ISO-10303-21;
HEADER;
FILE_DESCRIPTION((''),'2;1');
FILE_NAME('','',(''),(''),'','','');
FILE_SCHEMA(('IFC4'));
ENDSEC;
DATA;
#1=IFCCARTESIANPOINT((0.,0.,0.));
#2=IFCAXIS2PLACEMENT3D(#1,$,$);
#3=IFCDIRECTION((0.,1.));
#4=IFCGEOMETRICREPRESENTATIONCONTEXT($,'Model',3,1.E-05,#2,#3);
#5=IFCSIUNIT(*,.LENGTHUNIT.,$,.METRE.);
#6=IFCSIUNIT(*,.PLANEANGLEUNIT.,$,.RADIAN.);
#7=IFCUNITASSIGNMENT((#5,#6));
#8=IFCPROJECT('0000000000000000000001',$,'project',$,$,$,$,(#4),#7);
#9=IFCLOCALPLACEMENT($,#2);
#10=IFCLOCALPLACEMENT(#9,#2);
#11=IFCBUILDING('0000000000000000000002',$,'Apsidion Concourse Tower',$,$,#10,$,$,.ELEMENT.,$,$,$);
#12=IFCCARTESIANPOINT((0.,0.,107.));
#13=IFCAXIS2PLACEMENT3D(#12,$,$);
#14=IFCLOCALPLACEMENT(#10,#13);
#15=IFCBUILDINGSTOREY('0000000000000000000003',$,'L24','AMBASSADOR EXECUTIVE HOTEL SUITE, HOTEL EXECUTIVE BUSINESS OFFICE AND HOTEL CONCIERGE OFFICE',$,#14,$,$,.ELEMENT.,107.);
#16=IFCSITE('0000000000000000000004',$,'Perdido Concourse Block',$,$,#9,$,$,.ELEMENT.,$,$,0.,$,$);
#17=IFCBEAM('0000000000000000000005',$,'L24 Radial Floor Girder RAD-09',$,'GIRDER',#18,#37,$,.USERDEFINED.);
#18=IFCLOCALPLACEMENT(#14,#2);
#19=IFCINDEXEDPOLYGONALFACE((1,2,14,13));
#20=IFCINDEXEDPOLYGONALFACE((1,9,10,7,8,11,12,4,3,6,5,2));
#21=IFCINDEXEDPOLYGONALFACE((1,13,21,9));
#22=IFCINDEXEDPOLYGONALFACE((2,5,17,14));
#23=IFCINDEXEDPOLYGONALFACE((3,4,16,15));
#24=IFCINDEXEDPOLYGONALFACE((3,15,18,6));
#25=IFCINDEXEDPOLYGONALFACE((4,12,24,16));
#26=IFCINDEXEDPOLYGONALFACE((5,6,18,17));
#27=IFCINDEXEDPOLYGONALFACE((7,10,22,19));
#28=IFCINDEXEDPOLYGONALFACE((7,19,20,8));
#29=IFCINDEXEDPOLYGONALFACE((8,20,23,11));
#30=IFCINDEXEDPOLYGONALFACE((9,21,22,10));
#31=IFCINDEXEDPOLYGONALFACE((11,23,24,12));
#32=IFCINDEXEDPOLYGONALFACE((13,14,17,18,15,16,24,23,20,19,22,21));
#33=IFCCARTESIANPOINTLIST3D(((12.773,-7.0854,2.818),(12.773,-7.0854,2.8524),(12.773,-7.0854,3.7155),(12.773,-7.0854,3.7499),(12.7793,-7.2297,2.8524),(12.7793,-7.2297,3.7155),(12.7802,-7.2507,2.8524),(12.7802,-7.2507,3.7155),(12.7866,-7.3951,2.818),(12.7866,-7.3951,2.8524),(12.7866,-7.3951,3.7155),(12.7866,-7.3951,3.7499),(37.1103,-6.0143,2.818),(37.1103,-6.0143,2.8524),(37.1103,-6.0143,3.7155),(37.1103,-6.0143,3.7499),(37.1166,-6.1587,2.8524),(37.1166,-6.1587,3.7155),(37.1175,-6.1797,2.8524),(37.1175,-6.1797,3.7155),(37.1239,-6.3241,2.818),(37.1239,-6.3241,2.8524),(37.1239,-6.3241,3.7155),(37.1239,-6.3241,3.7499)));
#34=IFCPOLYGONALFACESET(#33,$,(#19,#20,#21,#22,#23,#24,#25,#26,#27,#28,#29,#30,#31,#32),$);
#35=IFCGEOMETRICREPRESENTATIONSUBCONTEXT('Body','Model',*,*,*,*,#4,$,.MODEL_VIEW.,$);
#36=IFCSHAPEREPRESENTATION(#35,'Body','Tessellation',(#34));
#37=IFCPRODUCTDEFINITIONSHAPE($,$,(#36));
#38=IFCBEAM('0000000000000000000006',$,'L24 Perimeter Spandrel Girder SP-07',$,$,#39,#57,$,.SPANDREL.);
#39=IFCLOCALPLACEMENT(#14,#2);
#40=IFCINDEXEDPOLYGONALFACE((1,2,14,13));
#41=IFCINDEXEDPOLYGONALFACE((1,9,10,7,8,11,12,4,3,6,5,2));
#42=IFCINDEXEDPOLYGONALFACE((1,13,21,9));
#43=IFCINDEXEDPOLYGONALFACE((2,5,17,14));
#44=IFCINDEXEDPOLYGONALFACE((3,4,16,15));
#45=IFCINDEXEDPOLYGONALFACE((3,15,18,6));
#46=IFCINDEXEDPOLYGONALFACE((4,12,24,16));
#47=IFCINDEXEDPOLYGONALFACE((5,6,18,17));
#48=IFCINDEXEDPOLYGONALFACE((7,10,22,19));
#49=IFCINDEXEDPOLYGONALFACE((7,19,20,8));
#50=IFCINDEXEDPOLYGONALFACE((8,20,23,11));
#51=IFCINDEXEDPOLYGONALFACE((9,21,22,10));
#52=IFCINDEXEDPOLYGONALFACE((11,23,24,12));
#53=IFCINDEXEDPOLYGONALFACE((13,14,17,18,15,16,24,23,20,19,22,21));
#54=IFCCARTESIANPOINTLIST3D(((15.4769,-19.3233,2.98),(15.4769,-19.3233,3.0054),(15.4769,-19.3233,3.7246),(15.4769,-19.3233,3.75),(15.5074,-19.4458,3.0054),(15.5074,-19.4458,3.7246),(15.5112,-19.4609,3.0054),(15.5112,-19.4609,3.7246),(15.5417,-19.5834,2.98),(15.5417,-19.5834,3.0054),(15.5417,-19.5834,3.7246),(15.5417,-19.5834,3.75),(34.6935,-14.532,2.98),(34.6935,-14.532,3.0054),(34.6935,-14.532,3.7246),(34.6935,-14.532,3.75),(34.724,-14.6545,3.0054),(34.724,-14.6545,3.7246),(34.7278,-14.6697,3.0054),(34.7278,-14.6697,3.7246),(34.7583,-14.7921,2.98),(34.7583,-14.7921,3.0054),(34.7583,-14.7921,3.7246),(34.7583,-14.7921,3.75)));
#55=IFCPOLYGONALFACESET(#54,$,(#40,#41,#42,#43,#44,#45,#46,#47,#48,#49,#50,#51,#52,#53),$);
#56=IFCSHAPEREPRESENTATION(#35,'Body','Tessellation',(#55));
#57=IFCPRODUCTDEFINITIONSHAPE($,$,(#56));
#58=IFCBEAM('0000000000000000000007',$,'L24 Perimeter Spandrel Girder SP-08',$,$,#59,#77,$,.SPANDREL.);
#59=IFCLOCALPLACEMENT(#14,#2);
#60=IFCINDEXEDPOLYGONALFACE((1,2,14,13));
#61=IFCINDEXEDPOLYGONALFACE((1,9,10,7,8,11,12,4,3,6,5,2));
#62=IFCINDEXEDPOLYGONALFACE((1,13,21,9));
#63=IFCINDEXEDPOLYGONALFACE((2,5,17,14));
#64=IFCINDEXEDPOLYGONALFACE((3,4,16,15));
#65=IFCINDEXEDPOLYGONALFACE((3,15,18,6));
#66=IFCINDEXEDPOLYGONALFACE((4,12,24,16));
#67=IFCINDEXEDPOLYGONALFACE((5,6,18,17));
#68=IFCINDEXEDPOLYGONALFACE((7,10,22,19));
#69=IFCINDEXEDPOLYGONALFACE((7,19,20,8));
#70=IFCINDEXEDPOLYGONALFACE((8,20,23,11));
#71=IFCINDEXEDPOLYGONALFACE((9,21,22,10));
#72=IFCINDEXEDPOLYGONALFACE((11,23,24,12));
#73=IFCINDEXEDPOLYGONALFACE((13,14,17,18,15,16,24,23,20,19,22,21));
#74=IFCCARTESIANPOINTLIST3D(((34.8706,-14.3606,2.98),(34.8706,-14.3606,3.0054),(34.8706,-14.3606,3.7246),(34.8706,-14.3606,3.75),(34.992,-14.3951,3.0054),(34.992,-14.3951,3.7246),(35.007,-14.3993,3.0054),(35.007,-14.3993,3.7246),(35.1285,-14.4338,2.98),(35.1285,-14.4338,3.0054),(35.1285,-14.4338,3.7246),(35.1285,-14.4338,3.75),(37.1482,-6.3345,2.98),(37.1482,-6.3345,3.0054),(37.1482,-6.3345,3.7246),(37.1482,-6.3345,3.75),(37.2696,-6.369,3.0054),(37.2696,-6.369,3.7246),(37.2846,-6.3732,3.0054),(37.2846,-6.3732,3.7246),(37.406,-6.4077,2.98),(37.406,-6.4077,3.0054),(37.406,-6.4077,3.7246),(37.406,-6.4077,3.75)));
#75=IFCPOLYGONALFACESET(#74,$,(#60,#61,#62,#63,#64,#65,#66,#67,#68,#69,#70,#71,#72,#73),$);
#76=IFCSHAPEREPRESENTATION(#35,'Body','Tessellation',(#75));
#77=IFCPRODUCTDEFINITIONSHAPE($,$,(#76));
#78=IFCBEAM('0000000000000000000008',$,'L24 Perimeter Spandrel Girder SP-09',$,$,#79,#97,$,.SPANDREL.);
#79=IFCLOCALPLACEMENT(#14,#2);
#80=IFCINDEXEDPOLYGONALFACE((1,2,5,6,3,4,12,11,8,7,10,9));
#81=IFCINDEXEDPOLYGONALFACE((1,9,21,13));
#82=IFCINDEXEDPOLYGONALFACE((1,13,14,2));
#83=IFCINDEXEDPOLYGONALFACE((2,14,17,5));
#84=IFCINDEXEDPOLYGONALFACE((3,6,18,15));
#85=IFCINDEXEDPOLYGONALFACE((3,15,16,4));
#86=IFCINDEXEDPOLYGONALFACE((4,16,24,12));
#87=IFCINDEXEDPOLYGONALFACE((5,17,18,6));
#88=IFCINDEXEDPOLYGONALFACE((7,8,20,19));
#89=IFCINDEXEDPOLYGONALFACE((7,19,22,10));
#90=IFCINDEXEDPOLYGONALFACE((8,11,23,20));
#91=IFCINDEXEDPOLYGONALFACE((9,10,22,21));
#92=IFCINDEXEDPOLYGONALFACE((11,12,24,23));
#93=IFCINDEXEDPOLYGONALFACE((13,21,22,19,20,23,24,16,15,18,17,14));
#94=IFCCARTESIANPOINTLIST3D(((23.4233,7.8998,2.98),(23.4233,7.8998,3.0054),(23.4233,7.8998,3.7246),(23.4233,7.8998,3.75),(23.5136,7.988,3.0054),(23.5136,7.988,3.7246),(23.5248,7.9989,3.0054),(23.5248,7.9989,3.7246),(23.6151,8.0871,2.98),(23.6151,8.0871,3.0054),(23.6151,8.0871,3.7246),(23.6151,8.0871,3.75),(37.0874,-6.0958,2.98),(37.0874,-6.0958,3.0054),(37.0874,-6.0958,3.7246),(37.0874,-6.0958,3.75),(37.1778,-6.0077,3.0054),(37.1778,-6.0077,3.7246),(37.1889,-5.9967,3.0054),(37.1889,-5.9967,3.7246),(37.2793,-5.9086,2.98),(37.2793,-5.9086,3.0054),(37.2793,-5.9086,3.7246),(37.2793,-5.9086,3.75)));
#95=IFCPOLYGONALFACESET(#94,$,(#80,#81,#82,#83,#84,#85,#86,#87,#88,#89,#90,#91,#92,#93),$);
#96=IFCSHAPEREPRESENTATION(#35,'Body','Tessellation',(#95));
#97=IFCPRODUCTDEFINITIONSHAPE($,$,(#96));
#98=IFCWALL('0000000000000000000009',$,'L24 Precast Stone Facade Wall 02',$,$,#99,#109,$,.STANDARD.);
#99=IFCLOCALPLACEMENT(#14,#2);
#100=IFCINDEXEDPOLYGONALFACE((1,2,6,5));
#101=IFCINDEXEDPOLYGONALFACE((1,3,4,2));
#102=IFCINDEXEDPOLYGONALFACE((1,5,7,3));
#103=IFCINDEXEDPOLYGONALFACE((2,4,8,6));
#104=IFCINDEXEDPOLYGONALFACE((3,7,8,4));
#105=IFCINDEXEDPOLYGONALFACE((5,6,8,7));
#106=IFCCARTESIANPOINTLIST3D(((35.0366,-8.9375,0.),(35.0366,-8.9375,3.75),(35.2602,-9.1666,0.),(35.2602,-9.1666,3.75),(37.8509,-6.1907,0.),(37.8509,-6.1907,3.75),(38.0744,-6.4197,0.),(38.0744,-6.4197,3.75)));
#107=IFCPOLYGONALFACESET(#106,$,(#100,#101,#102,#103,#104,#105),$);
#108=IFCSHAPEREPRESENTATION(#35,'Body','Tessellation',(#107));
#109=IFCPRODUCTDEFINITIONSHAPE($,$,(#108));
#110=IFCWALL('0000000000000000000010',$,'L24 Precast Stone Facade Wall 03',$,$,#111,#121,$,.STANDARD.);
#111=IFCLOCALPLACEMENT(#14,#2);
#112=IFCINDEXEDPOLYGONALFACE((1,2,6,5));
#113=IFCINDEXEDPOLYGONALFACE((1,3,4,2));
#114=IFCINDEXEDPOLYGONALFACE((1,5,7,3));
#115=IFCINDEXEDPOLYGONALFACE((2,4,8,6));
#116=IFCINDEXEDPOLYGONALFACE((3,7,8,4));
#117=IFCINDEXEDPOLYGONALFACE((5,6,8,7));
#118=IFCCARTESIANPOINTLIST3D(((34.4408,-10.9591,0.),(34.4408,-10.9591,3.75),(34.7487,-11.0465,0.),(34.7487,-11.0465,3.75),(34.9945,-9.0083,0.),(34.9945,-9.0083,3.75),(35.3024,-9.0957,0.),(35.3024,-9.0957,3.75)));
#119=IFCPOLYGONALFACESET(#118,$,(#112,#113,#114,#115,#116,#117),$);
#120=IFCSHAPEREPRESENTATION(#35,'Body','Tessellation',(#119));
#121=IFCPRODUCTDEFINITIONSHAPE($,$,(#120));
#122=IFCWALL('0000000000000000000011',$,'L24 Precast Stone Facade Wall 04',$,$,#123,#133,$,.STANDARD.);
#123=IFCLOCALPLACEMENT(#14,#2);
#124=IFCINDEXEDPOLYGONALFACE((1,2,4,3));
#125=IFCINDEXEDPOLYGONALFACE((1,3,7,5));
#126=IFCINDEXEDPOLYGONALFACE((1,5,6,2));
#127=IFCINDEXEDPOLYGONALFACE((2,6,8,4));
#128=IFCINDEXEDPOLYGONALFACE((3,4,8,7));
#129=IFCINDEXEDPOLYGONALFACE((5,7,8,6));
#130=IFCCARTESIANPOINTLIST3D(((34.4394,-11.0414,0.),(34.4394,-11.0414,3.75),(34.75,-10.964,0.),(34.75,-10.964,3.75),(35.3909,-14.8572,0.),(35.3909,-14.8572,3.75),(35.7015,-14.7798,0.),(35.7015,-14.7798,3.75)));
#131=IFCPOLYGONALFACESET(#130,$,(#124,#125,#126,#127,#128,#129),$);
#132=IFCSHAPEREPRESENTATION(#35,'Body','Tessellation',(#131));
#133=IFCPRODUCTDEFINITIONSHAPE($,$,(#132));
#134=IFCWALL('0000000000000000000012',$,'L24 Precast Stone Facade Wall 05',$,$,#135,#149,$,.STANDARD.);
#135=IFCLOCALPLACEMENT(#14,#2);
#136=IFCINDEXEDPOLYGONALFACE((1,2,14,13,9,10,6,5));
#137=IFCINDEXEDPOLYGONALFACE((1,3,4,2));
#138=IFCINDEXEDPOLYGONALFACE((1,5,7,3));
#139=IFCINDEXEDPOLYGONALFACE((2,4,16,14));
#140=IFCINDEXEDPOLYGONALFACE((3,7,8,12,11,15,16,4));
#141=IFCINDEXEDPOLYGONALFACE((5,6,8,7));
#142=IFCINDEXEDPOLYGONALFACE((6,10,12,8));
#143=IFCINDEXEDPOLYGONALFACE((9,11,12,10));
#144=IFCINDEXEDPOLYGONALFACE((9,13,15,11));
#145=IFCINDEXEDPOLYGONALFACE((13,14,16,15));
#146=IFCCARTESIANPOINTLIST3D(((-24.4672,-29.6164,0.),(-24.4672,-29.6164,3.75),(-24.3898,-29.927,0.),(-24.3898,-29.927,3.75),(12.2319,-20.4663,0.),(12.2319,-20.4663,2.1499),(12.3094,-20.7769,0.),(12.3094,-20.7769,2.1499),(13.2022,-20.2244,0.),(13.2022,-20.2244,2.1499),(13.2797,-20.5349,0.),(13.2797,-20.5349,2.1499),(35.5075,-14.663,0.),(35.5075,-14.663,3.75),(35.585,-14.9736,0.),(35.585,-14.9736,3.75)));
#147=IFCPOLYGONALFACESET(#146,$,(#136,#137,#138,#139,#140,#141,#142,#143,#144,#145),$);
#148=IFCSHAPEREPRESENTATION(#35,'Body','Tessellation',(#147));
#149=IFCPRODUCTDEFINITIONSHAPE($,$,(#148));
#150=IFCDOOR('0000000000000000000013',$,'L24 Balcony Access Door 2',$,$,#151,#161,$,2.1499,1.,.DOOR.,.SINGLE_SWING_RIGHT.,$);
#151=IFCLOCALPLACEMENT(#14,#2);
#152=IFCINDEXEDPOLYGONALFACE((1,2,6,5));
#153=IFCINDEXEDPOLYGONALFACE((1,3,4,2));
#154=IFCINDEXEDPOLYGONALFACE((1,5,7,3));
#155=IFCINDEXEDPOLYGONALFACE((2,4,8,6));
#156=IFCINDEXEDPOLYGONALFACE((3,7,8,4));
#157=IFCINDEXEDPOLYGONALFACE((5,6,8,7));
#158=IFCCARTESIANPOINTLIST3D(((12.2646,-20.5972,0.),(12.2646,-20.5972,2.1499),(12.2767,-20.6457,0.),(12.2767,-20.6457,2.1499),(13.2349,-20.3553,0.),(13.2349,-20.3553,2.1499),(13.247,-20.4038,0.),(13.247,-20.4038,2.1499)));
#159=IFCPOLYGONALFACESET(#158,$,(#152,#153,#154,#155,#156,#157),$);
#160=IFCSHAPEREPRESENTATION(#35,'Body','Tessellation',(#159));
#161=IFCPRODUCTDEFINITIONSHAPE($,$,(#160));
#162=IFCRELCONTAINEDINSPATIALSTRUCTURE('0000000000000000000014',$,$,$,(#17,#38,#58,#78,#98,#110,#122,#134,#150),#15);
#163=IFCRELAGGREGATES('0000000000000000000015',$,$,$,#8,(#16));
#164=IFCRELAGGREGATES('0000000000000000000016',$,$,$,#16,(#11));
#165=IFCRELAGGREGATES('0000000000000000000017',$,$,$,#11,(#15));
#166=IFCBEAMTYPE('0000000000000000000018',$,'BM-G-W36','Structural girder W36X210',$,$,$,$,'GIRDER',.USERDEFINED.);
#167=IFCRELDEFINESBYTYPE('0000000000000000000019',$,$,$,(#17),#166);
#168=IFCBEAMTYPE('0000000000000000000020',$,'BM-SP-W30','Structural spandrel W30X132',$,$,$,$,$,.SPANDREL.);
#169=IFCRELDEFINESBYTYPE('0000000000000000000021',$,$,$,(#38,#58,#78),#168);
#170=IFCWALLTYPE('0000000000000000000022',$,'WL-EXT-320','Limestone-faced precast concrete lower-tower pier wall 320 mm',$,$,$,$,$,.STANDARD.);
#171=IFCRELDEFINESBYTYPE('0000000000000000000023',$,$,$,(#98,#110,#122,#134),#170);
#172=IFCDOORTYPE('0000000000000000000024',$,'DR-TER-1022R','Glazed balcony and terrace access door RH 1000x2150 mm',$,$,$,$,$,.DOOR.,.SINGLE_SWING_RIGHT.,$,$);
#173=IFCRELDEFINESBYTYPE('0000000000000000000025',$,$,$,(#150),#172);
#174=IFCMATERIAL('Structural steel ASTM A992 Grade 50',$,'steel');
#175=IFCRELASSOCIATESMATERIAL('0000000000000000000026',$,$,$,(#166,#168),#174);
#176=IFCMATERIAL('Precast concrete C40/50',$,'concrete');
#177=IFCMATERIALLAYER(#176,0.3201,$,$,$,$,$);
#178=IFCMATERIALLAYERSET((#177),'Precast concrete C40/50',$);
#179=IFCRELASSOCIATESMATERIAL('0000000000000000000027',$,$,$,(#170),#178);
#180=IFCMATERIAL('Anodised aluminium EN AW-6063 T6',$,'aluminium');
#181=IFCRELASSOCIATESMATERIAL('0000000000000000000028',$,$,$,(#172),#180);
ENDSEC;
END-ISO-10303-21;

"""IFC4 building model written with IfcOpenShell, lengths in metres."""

from ifc_helpers import new_model, si_unit, direction, frame, frame_2d, origin, origin_2d, place, context, subcontext, project, spatial, rectangle, i_section, extrude, material, layer, layer_set, material_profile, profile_set, type_object, element, fill, save


model = new_model("IFC4")

# Units and contexts
model_context = context("Model", 3, precision=1e-05, world=origin(), true_north=direction((0.0, 1.0)))
body_context = subcontext(model_context, "Body", "Model", "MODEL_VIEW")
ifc_project = project(units=[si_unit("LENGTHUNIT", "METRE"), si_unit("PLANEANGLEUNIT", "RADIAN")], contexts=[model_context])

# Site, building, storey
site_placement = place(None, origin())
site = spatial("IfcSite", under=ifc_project, at=site_placement, Name="Perdido Concourse Block", CompositionType="ELEMENT", RefElevation=0.0)
building_placement = place(site_placement, origin())
building = spatial("IfcBuilding", under=site, at=building_placement, Name="Apsidion Concourse Tower", CompositionType="ELEMENT")
storey_placement = place(building_placement, frame((0.0, 0.0, 107.0)))
storey = spatial("IfcBuildingStorey", under=building, at=storey_placement, Name="L24", Description="AMBASSADOR EXECUTIVE HOTEL SUITE, HOTEL EXECUTIVE BUSINESS OFFICE AND HOTEL CONCIERGE OFFICE", CompositionType="ELEMENT", Elevation=107.0)

# Beams
ifc_material_1 = material(Name="Structural steel ASTM A992 Grade 50", Category="steel")
ifc_material_profile_1 = material_profile(ifc_material_1, i_section(OverallWidth=0.3101, OverallDepth=0.9319, WebThickness=0.021, FlangeThickness=0.0344, at=origin_2d()), Name="W36X210")
ifc_profile_set_1 = profile_set([ifc_material_profile_1], Name="Structural steel ASTM A992 Grade 50")
beam_type_1 = type_object("IfcBeamType", Name="BM-G-W36", Description="Structural girder W36X210", ElementType="GIRDER", PredefinedType="USERDEFINED", material=ifc_profile_set_1)
beam_1_placement = place(storey_placement, frame((12.7798, -7.2402, 3.2839), z_axis=(0.999033, 0.043966, 0.0), x_axis=(-0.043966, 0.999033, 0.0)))
element("IfcBeam", 1, at=beam_1_placement, inside=storey, type_object=beam_type_1, Name="L24 Radial Floor Girder RAD-09", ObjectType="GIRDER", PredefinedType="USERDEFINED", context=body_context, shape_type="SweptSolid", body=[
    extrude(i_section(OverallWidth=0.3101, OverallDepth=0.9319, WebThickness=0.021, FlangeThickness=0.0344, at=origin_2d()), origin(), (0.0, 0.0, 1.0), 24.3608),
])
ifc_material_profile_2 = material_profile(ifc_material_1, i_section(OverallWidth=0.2681, OverallDepth=0.77, WebThickness=0.0156, FlangeThickness=0.0254, at=origin_2d()), Name="W30X132")
ifc_profile_set_2 = profile_set([ifc_material_profile_2], Name="Structural steel ASTM A992 Grade 50")
beam_type_2 = type_object("IfcBeamType", Name="BM-SP-W30", Description="Structural spandrel W30X132", PredefinedType="SPANDREL", material=ifc_profile_set_2)
beam_2_placement = place(storey_placement, frame((15.5093, -19.4534, 3.365), z_axis=(0.970295, 0.241924, 0.0), x_axis=(-0.241924, 0.970295, 0.0)))
element("IfcBeam", 2, at=beam_2_placement, inside=storey, type_object=beam_type_2, Name="L24 Perimeter Spandrel Girder SP-07", PredefinedType="SPANDREL", context=body_context, shape_type="SweptSolid", body=[
    extrude(i_section(OverallWidth=0.2681, OverallDepth=0.77, WebThickness=0.0156, FlangeThickness=0.0254, at=origin_2d()), origin(), (0.0, 0.0, 1.0), 19.8049),
])
beam_3_placement = place(storey_placement, frame((34.9995, -14.3972, 3.365), z_axis=(0.272993, 0.962016, 0.0), x_axis=(-0.962016, 0.272993, 0.0)))
element("IfcBeam", 3, at=beam_3_placement, inside=storey, type_object=beam_type_2, Name="L24 Perimeter Spandrel Girder SP-08", PredefinedType="SPANDREL", context=body_context, shape_type="SweptSolid", body=[
    extrude(i_section(OverallWidth=0.2681, OverallDepth=0.77, WebThickness=0.0156, FlangeThickness=0.0254, at=origin_2d()), origin(), (0.0, 0.0, 1.0), 8.343),
])
beam_4_placement = place(storey_placement, frame((37.1833, -6.0022, 3.365), z_axis=(-0.698581, 0.715531, 0.0), x_axis=(-0.715531, -0.698581, 0.0)))
element("IfcBeam", 4, at=beam_4_placement, inside=storey, type_object=beam_type_2, Name="L24 Perimeter Spandrel Girder SP-09", PredefinedType="SPANDREL", context=body_context, shape_type="SweptSolid", body=[
    extrude(i_section(OverallWidth=0.2681, OverallDepth=0.77, WebThickness=0.0156, FlangeThickness=0.0254, at=origin_2d()), origin(), (0.0, 0.0, 1.0), 19.5598),
])

# Walls
ifc_material_2 = material(Name="Precast concrete C40/50", Category="concrete")
ifc_layer_1 = layer(ifc_material_2, 0.3201)
ifc_layer_set_1 = layer_set([ifc_layer_1], Name="Precast concrete C40/50")
wall_type_1 = type_object("IfcWallType", Name="WL-EXT-320", Description="Limestone-faced precast concrete lower-tower pier wall 320 mm", PredefinedType="STANDARD", material=ifc_layer_set_1)
wall_1_placement = place(storey_placement, frame((37.9626, -6.3052, 0.0), z_axis=(0.0, 0.0, 1.0), x_axis=(-0.715622, -0.698488, 0.0)))
element("IfcWall", 5, at=wall_1_placement, inside=storey, type_object=wall_type_1, Name="L24 Precast Stone Facade Wall 02", PredefinedType="STANDARD", context=body_context, shape_type="SweptSolid", body=[
    extrude(rectangle(XDim=3.9326, YDim=0.3201, at=frame_2d((1.9663, 0.0))), origin(), (0.0, 0.0, 1.0), 3.75),
])
wall_2_placement = place(storey_placement, frame((35.1484, -9.052, 0.0), z_axis=(0.0, 0.0, 1.0), x_axis=(-0.273067, -0.961995, 0.0)))
element("IfcWall", 6, at=wall_2_placement, inside=storey, type_object=wall_type_1, Name="L24 Precast Stone Facade Wall 03", PredefinedType="STANDARD", context=body_context, shape_type="SweptSolid", body=[
    extrude(rectangle(XDim=2.0278, YDim=0.3201, at=frame_2d((1.0139, 0.0))), origin(), (0.0, 0.0, 1.0), 3.75),
])
wall_3_placement = place(storey_placement, frame((34.5947, -11.0027, 0.0), z_axis=(0.0, 0.0, 1.0), x_axis=(0.241937, -0.970292, 0.0)))
element("IfcWall", 7, at=wall_3_placement, inside=storey, type_object=wall_type_1, Name="L24 Precast Stone Facade Wall 04", PredefinedType="STANDARD", context=body_context, shape_type="SweptSolid", body=[
    extrude(rectangle(XDim=3.9326, YDim=0.3201, at=frame_2d((1.9663, 0.0))), origin(), (0.0, 0.0, 1.0), 3.75),
])

# Wall, opening, door
wall_4_placement = place(storey_placement, frame((35.5461, -14.8184, 0.0), z_axis=(0.0, 0.0, 1.0), x_axis=(-0.970296, -0.241921, 0.0)))
wall_4 = element("IfcWall", 8, at=wall_4_placement, inside=storey, type_object=wall_type_1, Name="L24 Precast Stone Facade Wall 05", PredefinedType="STANDARD", context=body_context, shape_type="SweptSolid", body=[
    extrude(rectangle(XDim=61.8108, YDim=0.3201, at=frame_2d((30.9053, 0.0))), origin(), (0.0, 0.0, 1.0), 3.75),
])
opening_1_placement = place(wall_4_placement, frame((22.988, 0.0, 0.0)))
opening_1 = element("IfcOpeningElement", 9, at=opening_1_placement, cuts=wall_4, PredefinedType="OPENING", context=body_context, shape_type="SweptSolid", body=[
    extrude(rectangle(XDim=1.0, YDim=2.1499, at=frame_2d((0.5, 1.075))), frame((0.0, 0.1699, 0.0), z_axis=(0.0, -1.0, 0.0), x_axis=(1.0, 0.0, 0.0)), (0.0, 0.0, 1.0), 0.3401),
])
ifc_material_3 = material(Name="Anodised aluminium EN AW-6063 T6", Category="aluminium")
door_type_1 = type_object("IfcDoorType", Name="DR-TER-1022R", Description="Glazed balcony and terrace access door RH 1000x2150 mm", OperationType="SINGLE_SWING_RIGHT", PredefinedType="DOOR", material=ifc_material_3)
door_1_placement = place(opening_1_placement, origin())
door_1 = element("IfcDoor", 10, at=door_1_placement, inside=storey, type_object=door_type_1, Name="L24 Balcony Access Door 2", OperationType="SINGLE_SWING_RIGHT", OverallHeight=2.1499, OverallWidth=1.0, PredefinedType="DOOR", context=body_context, shape_type="SweptSolid", body=[
    extrude(rectangle(XDim=1.0, YDim=2.1499, at=frame_2d((0.5, 1.075))), frame((0.0, 0.0249, 0.0), z_axis=(0.0, -1.0, 0.0), x_axis=(1.0, 0.0, 0.0)), (0.0, 0.0, 1.0), 0.05),
])
fill(opening_1, door_1)

save(model, "model.ifc")
